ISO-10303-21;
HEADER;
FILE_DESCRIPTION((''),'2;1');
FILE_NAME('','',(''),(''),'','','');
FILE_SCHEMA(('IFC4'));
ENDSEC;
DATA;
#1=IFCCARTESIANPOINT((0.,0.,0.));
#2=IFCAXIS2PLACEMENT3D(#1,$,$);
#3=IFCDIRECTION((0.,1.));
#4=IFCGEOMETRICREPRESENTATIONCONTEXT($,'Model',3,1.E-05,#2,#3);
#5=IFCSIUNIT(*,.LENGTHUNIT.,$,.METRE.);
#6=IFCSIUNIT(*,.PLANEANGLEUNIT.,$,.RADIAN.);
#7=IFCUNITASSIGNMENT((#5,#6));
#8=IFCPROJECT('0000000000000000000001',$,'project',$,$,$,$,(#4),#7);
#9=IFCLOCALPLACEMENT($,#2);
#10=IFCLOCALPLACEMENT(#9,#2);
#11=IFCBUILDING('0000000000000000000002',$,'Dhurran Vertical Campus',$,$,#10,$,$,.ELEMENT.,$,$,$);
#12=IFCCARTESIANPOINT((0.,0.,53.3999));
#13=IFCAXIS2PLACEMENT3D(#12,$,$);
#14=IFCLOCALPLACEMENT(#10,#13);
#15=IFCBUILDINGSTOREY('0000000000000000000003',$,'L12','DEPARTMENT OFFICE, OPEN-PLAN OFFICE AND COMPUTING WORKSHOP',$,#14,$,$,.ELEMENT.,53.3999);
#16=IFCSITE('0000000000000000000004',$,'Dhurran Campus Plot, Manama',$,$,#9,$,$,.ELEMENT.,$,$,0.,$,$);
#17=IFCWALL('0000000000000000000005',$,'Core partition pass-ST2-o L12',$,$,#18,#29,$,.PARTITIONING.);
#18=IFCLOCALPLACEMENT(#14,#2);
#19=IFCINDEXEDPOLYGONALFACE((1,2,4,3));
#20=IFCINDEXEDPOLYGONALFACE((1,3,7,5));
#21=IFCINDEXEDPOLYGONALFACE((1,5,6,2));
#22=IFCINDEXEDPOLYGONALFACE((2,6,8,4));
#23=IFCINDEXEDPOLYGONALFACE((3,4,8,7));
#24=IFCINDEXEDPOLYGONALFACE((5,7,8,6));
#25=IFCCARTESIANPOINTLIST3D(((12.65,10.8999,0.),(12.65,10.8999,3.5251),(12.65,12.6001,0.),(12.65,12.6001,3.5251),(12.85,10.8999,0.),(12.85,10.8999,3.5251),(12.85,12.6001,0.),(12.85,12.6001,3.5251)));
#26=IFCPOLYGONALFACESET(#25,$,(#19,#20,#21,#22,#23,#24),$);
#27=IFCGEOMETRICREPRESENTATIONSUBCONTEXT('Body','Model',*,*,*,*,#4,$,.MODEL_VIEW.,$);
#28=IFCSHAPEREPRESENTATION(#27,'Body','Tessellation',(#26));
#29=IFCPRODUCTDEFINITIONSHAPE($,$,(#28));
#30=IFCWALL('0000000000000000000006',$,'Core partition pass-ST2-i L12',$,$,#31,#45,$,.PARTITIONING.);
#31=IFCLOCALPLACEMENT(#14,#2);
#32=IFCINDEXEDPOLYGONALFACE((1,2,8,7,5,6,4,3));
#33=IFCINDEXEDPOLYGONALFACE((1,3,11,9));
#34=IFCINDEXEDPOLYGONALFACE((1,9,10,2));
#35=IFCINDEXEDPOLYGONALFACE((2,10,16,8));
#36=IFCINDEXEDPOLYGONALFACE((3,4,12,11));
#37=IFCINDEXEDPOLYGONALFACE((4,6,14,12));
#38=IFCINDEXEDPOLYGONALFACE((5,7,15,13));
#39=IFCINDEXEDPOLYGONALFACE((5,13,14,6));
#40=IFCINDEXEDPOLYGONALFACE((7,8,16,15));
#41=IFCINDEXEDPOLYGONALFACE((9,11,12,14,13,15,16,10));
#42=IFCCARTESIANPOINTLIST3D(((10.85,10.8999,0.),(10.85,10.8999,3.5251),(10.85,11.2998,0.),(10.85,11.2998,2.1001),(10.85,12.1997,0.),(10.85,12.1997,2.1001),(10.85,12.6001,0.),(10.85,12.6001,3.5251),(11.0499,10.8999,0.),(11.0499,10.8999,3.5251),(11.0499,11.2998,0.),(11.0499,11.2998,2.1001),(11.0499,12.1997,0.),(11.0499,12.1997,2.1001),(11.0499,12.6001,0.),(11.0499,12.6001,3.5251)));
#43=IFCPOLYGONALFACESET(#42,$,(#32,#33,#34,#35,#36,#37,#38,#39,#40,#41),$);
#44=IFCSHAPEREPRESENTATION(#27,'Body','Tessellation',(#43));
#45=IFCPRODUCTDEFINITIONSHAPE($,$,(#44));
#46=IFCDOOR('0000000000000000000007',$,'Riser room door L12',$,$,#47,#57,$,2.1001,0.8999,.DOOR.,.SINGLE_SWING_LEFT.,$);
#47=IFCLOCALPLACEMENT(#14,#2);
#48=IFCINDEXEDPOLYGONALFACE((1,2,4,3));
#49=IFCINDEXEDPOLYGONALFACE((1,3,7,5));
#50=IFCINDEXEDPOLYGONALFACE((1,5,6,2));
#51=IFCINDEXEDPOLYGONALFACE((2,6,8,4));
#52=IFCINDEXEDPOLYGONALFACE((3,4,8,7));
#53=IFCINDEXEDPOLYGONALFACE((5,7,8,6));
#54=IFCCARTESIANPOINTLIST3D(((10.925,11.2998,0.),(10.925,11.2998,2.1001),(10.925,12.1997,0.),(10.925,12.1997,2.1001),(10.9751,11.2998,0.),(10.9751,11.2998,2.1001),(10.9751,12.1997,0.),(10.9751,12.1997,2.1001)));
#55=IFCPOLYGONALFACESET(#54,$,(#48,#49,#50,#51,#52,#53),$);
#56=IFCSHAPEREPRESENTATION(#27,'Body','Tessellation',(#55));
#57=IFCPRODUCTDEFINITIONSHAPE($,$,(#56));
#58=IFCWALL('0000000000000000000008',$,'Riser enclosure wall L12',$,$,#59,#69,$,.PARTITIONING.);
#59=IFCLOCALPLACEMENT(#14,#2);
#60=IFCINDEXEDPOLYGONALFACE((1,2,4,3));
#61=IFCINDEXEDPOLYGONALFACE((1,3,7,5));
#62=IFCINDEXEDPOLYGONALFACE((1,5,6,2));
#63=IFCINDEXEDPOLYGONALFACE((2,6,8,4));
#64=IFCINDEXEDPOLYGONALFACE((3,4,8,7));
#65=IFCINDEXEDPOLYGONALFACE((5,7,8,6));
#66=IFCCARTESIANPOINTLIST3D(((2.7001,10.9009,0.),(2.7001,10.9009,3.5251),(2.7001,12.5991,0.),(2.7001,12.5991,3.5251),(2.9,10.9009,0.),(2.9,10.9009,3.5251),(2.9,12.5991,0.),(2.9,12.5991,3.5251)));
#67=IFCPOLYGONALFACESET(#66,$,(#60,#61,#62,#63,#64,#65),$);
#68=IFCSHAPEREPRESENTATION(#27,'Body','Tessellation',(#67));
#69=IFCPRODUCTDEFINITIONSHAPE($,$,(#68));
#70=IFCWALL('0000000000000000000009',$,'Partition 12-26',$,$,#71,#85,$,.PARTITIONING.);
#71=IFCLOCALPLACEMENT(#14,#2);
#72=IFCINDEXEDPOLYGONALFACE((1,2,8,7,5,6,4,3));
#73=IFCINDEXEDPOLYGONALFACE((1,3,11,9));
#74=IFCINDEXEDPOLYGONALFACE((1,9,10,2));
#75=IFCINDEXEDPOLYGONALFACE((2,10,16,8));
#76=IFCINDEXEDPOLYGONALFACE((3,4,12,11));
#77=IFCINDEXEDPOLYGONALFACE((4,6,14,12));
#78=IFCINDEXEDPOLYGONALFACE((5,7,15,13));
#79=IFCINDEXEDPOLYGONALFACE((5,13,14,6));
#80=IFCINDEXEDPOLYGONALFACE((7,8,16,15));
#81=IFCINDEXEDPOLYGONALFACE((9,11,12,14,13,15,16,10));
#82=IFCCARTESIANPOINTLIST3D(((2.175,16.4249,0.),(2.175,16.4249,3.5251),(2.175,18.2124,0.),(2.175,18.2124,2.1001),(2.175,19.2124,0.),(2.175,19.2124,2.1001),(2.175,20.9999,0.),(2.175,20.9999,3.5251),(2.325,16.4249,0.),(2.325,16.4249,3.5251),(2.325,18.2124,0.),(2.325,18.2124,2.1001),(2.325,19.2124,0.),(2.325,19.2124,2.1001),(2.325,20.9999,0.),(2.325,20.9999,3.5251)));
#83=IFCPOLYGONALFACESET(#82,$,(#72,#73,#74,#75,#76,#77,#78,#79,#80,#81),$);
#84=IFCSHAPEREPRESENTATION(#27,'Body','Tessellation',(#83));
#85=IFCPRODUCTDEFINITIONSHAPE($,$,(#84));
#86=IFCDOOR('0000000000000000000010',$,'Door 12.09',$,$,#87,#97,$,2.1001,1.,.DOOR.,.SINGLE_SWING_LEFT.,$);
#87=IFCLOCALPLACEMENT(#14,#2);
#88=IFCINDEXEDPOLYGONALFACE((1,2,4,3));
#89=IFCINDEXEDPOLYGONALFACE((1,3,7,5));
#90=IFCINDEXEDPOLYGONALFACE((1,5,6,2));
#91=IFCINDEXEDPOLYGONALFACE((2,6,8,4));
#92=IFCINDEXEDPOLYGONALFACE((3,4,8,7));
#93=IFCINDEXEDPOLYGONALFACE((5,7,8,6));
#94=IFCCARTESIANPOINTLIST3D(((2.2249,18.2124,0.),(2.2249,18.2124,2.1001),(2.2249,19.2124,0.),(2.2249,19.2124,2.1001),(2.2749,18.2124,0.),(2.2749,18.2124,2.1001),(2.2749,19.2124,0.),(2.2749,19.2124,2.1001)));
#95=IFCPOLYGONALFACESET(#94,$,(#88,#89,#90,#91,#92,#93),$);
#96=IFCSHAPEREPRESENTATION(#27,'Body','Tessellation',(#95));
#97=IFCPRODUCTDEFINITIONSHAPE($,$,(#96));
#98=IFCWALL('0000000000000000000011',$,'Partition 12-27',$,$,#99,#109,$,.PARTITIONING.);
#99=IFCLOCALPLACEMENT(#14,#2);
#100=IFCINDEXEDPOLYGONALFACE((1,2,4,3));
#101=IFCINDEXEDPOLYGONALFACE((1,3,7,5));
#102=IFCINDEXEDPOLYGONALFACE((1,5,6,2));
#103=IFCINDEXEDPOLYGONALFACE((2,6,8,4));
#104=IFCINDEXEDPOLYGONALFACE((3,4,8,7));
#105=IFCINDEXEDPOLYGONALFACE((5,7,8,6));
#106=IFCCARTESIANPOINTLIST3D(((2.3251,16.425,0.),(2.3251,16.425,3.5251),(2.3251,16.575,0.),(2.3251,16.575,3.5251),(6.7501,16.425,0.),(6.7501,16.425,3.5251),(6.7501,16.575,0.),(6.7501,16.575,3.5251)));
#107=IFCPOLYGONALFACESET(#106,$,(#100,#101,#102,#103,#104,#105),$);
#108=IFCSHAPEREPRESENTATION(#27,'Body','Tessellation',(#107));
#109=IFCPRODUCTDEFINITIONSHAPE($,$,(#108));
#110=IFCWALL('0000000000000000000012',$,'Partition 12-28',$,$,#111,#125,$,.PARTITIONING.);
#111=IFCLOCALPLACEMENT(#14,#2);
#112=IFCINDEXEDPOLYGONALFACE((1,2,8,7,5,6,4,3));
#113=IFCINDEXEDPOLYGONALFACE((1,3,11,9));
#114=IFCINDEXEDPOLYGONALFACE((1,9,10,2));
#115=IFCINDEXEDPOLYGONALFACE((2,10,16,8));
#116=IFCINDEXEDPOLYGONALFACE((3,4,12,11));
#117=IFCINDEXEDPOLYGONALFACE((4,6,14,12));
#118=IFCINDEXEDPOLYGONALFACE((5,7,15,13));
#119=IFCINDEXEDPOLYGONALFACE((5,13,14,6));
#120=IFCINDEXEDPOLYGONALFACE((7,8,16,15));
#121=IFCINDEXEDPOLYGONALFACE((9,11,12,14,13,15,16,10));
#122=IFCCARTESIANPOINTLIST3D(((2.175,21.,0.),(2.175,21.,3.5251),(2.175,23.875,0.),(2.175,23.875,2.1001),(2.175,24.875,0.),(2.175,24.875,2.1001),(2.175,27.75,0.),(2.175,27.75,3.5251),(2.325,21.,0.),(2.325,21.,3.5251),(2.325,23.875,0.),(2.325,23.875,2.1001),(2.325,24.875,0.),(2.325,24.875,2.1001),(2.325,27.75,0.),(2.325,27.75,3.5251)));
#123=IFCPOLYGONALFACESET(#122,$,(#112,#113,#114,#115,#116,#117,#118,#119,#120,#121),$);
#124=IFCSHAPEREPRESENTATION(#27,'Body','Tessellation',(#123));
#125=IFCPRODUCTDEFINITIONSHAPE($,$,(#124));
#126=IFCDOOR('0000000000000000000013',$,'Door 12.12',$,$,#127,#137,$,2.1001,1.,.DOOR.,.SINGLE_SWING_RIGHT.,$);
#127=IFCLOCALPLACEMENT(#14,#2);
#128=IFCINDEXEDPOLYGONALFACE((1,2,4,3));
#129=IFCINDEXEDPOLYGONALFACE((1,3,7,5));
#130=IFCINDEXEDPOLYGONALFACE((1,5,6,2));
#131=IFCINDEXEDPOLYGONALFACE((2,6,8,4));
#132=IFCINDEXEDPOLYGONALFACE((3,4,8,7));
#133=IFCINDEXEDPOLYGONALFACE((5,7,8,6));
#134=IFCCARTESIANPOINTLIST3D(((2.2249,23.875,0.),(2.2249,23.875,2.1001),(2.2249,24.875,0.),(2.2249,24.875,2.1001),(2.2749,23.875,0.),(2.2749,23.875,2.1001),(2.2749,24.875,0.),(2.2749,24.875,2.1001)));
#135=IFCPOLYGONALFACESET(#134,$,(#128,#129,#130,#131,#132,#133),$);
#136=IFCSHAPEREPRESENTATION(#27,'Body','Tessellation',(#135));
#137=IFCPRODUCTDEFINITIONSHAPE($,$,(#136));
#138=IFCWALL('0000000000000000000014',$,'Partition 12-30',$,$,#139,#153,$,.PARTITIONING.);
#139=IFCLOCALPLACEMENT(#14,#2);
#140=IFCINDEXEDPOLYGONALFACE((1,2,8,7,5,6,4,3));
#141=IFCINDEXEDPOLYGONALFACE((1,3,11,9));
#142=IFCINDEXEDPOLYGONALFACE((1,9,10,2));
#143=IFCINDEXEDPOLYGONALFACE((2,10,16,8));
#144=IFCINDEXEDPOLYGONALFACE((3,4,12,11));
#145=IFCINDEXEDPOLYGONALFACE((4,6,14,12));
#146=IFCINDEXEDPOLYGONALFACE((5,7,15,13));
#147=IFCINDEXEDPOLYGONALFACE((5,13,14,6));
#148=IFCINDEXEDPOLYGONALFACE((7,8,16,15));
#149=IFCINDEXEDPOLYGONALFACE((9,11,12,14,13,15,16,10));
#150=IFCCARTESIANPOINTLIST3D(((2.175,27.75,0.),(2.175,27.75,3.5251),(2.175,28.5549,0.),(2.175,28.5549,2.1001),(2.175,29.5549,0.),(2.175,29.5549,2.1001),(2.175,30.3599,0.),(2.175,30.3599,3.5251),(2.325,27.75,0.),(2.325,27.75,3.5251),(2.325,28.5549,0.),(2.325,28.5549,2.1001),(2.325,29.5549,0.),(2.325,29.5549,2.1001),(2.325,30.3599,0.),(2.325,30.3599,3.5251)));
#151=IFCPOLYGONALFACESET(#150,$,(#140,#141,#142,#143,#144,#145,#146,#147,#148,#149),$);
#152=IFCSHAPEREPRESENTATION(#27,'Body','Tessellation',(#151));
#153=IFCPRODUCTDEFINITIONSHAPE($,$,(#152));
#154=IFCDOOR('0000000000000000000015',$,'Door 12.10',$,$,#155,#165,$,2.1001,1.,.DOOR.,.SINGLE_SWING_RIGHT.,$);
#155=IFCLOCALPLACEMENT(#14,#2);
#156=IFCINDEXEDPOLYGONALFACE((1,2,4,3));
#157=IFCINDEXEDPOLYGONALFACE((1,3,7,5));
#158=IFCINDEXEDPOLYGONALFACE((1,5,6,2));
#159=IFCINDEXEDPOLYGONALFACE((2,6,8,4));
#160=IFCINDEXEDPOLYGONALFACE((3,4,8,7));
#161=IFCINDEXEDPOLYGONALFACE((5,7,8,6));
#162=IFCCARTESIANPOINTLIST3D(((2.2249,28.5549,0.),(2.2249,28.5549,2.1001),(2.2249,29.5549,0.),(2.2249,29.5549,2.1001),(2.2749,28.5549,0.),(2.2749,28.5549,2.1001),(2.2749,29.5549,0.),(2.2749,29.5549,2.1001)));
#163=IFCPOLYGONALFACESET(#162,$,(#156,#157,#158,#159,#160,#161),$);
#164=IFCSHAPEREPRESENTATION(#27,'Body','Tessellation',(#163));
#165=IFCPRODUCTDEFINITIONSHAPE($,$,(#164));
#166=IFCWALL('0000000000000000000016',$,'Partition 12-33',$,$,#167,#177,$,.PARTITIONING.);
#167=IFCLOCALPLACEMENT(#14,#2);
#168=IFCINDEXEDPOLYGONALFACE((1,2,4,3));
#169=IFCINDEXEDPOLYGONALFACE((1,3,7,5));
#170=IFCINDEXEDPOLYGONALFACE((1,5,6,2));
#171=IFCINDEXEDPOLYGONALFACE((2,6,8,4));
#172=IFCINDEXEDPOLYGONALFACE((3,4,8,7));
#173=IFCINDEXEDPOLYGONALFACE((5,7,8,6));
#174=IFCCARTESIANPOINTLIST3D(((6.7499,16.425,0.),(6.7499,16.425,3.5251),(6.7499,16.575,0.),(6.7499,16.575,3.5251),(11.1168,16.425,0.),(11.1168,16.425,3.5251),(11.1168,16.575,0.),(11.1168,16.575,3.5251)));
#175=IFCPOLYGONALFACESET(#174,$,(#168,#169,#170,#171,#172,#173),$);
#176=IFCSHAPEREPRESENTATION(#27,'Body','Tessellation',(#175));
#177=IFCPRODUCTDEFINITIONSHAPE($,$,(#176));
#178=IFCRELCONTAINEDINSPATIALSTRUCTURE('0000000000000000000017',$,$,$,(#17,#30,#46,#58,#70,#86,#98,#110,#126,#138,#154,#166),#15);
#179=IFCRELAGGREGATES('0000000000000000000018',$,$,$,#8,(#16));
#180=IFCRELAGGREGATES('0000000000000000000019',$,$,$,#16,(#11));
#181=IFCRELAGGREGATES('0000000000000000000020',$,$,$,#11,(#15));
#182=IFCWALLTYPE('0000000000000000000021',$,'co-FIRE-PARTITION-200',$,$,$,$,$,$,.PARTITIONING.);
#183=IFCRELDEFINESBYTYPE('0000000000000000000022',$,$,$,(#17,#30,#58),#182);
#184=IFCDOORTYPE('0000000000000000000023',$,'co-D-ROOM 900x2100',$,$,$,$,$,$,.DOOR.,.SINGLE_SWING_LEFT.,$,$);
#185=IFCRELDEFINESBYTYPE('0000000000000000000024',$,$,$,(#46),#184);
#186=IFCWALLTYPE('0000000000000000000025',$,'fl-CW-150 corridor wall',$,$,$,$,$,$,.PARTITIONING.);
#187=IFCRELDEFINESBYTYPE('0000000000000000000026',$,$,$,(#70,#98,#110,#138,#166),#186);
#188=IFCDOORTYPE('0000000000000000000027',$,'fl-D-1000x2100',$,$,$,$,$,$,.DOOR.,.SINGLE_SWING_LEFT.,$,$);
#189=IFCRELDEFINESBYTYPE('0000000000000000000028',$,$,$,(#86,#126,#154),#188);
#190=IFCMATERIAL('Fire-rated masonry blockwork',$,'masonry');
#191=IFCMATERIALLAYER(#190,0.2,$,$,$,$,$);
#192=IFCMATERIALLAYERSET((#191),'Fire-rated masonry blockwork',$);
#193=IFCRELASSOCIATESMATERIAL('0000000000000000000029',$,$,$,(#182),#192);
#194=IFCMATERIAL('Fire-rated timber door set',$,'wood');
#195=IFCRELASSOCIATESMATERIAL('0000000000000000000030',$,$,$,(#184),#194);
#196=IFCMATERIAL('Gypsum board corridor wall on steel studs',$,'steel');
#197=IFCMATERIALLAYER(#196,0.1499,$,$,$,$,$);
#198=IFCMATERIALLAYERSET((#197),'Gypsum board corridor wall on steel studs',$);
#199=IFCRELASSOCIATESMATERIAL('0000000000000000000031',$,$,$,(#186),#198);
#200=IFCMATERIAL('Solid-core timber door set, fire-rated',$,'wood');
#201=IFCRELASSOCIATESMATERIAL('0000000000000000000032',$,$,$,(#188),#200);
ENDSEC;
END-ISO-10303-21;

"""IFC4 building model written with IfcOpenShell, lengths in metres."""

from ifc_helpers import new_model, si_unit, direction, frame, frame_2d, origin, place, context, subcontext, project, spatial, rectangle, extrude, material, layer, layer_set, type_object, element, fill, save


model = new_model("IFC4")

# Units and contexts
model_context = context("Model", 3, precision=1e-05, world=origin(), true_north=direction((0.0, 1.0)))
body_context = subcontext(model_context, "Body", "Model", "MODEL_VIEW")
ifc_project = project(units=[si_unit("LENGTHUNIT", "METRE"), si_unit("PLANEANGLEUNIT", "RADIAN")], contexts=[model_context])

# Site, building, storey
site_placement = place(None, origin())
site = spatial("IfcSite", under=ifc_project, at=site_placement, Name="Dhurran Campus Plot, Manama", CompositionType="ELEMENT", RefElevation=0.0)
building_placement = place(site_placement, origin())
building = spatial("IfcBuilding", under=site, at=building_placement, Name="Dhurran Vertical Campus", CompositionType="ELEMENT")
storey_placement = place(building_placement, frame((0.0, 0.0, 53.3999)))
storey = spatial("IfcBuildingStorey", under=building, at=storey_placement, Name="L12", Description="DEPARTMENT OFFICE, OPEN-PLAN OFFICE AND COMPUTING WORKSHOP", CompositionType="ELEMENT", Elevation=53.3999)

# Wall
ifc_material_1 = material(Name="Fire-rated masonry blockwork", Category="masonry")
ifc_layer_1 = layer(ifc_material_1, 0.2)
ifc_layer_set_1 = layer_set([ifc_layer_1], Name="Fire-rated masonry blockwork")
wall_type_1 = type_object("IfcWallType", Name="co-FIRE-PARTITION-200", PredefinedType="PARTITIONING", material=ifc_layer_set_1)
wall_1_placement = place(storey_placement, frame((12.75, 10.8999, 0.0), z_axis=(0.0, 0.0, 1.0), x_axis=(0.0, 1.0, 0.0)))
element("IfcWall", 1, at=wall_1_placement, inside=storey, type_object=wall_type_1, Name="Core partition pass-ST2-o L12", PredefinedType="PARTITIONING", context=body_context, shape_type="SweptSolid", body=[
    extrude(rectangle(XDim=1.7002, YDim=0.2, at=frame_2d((0.8501, 0.0))), origin(), (0.0, 0.0, 1.0), 3.5251),
])

# Wall, opening, door
wall_2_placement = place(storey_placement, frame((10.95, 10.8999, 0.0), z_axis=(0.0, 0.0, 1.0), x_axis=(0.0, 1.0, 0.0)))
wall_2 = element("IfcWall", 2, at=wall_2_placement, inside=storey, type_object=wall_type_1, Name="Core partition pass-ST2-i L12", PredefinedType="PARTITIONING", context=body_context, shape_type="SweptSolid", body=[
    extrude(rectangle(XDim=1.7002, YDim=0.2, at=frame_2d((0.8501, 0.0))), origin(), (0.0, 0.0, 1.0), 3.5251),
])
opening_1_placement = place(wall_2_placement, frame((0.3999, 0.0, 0.0)))
opening_1 = element("IfcOpeningElement", 3, at=opening_1_placement, cuts=wall_2, PredefinedType="OPENING", context=body_context, shape_type="SweptSolid", body=[
    extrude(rectangle(XDim=0.8999, YDim=2.1001, at=frame_2d((0.45, 1.05))), frame((0.0, 0.1099, 0.0), z_axis=(0.0, -1.0, 0.0), x_axis=(1.0, 0.0, 0.0)), (0.0, 0.0, 1.0), 0.22),
])
ifc_material_2 = material(Name="Fire-rated timber door set", Category="wood")
door_type_1 = type_object("IfcDoorType", Name="co-D-ROOM 900x2100", OperationType="SINGLE_SWING_LEFT", PredefinedType="DOOR", material=ifc_material_2)
door_1_placement = place(opening_1_placement, origin())
door_1 = element("IfcDoor", 4, at=door_1_placement, inside=storey, type_object=door_type_1, Name="Riser room door L12", OperationType="SINGLE_SWING_LEFT", OverallHeight=2.1001, OverallWidth=0.8999, PredefinedType="DOOR", context=body_context, shape_type="SweptSolid", body=[
    extrude(rectangle(XDim=0.8999, YDim=2.1001, at=frame_2d((0.45, 1.05))), frame((0.0, 0.0249, 0.0), z_axis=(0.0, -1.0, 0.0), x_axis=(1.0, 0.0, 0.0)), (0.0, 0.0, 1.0), 0.05),
])
fill(opening_1, door_1)

# Wall
wall_3_placement = place(storey_placement, frame((2.8, 12.5991, 0.0), z_axis=(0.0, 0.0, 1.0), x_axis=(0.0, -1.0, 0.0)))
element("IfcWall", 5, at=wall_3_placement, inside=storey, type_object=wall_type_1, Name="Riser enclosure wall L12", PredefinedType="PARTITIONING", context=body_context, shape_type="SweptSolid", body=[
    extrude(rectangle(XDim=1.6982, YDim=0.2, at=frame_2d((0.8491, 0.0))), origin(), (0.0, 0.0, 1.0), 3.5251),
])

# Wall, opening, door
ifc_material_3 = material(Name="Gypsum board corridor wall on steel studs", Category="steel")
ifc_layer_2 = layer(ifc_material_3, 0.1499)
ifc_layer_set_2 = layer_set([ifc_layer_2], Name="Gypsum board corridor wall on steel studs")
wall_type_2 = type_object("IfcWallType", Name="fl-CW-150 corridor wall", PredefinedType="PARTITIONING", material=ifc_layer_set_2)
wall_4_placement = place(storey_placement, frame((2.25, 21.0, 0.0), z_axis=(0.0, 0.0, 1.0), x_axis=(0.0, -1.0, 0.0)))
wall_4 = element("IfcWall", 6, at=wall_4_placement, inside=storey, type_object=wall_type_2, Name="Partition 12-26", PredefinedType="PARTITIONING", context=body_context, shape_type="SweptSolid", body=[
    extrude(rectangle(XDim=4.575, YDim=0.1499, at=frame_2d((2.2876, 0.0))), origin(), (0.0, 0.0, 1.0), 3.5251),
])
opening_2_placement = place(wall_4_placement, frame((1.7876, 0.0, 0.0)))
opening_2 = element("IfcOpeningElement", 7, at=opening_2_placement, cuts=wall_4, PredefinedType="OPENING", context=body_context, shape_type="SweptSolid", body=[
    extrude(rectangle(XDim=1.0, YDim=2.1001, at=frame_2d((0.5, 1.05))), frame((0.0, 0.085, 0.0), z_axis=(0.0, -1.0, 0.0), x_axis=(1.0, 0.0, 0.0)), (0.0, 0.0, 1.0), 0.1699),
])
ifc_material_4 = material(Name="Solid-core timber door set, fire-rated", Category="wood")
door_type_2 = type_object("IfcDoorType", Name="fl-D-1000x2100", OperationType="SINGLE_SWING_LEFT", PredefinedType="DOOR", material=ifc_material_4)
door_2_placement = place(opening_2_placement, origin())
door_2 = element("IfcDoor", 8, at=door_2_placement, inside=storey, type_object=door_type_2, Name="Door 12.09", OperationType="SINGLE_SWING_LEFT", OverallHeight=2.1001, OverallWidth=1.0, PredefinedType="DOOR", context=body_context, shape_type="SweptSolid", body=[
    extrude(rectangle(XDim=1.0, YDim=2.1001, at=frame_2d((0.5, 1.05))), frame((0.0, 0.0249, 0.0), z_axis=(0.0, -1.0, 0.0), x_axis=(1.0, 0.0, 0.0)), (0.0, 0.0, 1.0), 0.05),
])
fill(opening_2, door_2)

# Wall
wall_5_placement = place(storey_placement, frame((6.75, 16.5, 0.0), z_axis=(0.0, 0.0, 1.0), x_axis=(-1.0, 0.0, 0.0)))
element("IfcWall", 9, at=wall_5_placement, inside=storey, type_object=wall_type_2, Name="Partition 12-27", PredefinedType="PARTITIONING", context=body_context, shape_type="SweptSolid", body=[
    extrude(rectangle(XDim=4.425, YDim=0.1499, at=frame_2d((2.2124, 0.0))), origin(), (0.0, 0.0, 1.0), 3.5251),
])

# Walls, openings, doors
wall_6_placement = place(storey_placement, frame((2.25, 27.75, 0.0), z_axis=(0.0, 0.0, 1.0), x_axis=(0.0, -1.0, 0.0)))
wall_6 = element("IfcWall", 10, at=wall_6_placement, inside=storey, type_object=wall_type_2, Name="Partition 12-28", PredefinedType="PARTITIONING", context=body_context, shape_type="SweptSolid", body=[
    extrude(rectangle(XDim=6.75, YDim=0.1499, at=frame_2d((3.375, 0.0))), origin(), (0.0, 0.0, 1.0), 3.5251),
])
opening_3_placement = place(wall_6_placement, frame((2.875, 0.0, 0.0)))
opening_3 = element("IfcOpeningElement", 11, at=opening_3_placement, cuts=wall_6, PredefinedType="OPENING", context=body_context, shape_type="SweptSolid", body=[
    extrude(rectangle(XDim=1.0, YDim=2.1001, at=frame_2d((0.5, 1.05))), frame((0.0, 0.085, 0.0), z_axis=(0.0, -1.0, 0.0), x_axis=(1.0, 0.0, 0.0)), (0.0, 0.0, 1.0), 0.1699),
])
door_3_placement = place(opening_3_placement, origin())
door_3 = element("IfcDoor", 12, at=door_3_placement, inside=storey, type_object=door_type_2, Name="Door 12.12", OperationType="SINGLE_SWING_RIGHT", OverallHeight=2.1001, OverallWidth=1.0, PredefinedType="DOOR", context=body_context, shape_type="SweptSolid", body=[
    extrude(rectangle(XDim=1.0, YDim=2.1001, at=frame_2d((0.5, 1.05))), frame((0.0, 0.0249, 0.0), z_axis=(0.0, -1.0, 0.0), x_axis=(1.0, 0.0, 0.0)), (0.0, 0.0, 1.0), 0.05),
])
fill(opening_3, door_3)
wall_7_placement = place(storey_placement, frame((2.25, 30.3599, 0.0), z_axis=(0.0, 0.0, 1.0), x_axis=(0.0, -1.0, 0.0)))
wall_7 = element("IfcWall", 13, at=wall_7_placement, inside=storey, type_object=wall_type_2, Name="Partition 12-30", PredefinedType="PARTITIONING", context=body_context, shape_type="SweptSolid", body=[
    extrude(rectangle(XDim=2.6099, YDim=0.1499, at=frame_2d((1.3049, 0.0))), origin(), (0.0, 0.0, 1.0), 3.5251),
])
opening_4_placement = place(wall_7_placement, frame((0.8049, 0.0, 0.0)))
opening_4 = element("IfcOpeningElement", 14, at=opening_4_placement, cuts=wall_7, PredefinedType="OPENING", context=body_context, shape_type="SweptSolid", body=[
    extrude(rectangle(XDim=1.0, YDim=2.1001, at=frame_2d((0.5, 1.05))), frame((0.0, 0.085, 0.0), z_axis=(0.0, -1.0, 0.0), x_axis=(1.0, 0.0, 0.0)), (0.0, 0.0, 1.0), 0.1699),
])
door_4_placement = place(opening_4_placement, origin())
door_4 = element("IfcDoor", 15, at=door_4_placement, inside=storey, type_object=door_type_2, Name="Door 12.10", OperationType="SINGLE_SWING_RIGHT", OverallHeight=2.1001, OverallWidth=1.0, PredefinedType="DOOR", context=body_context, shape_type="SweptSolid", body=[
    extrude(rectangle(XDim=1.0, YDim=2.1001, at=frame_2d((0.5, 1.05))), frame((0.0, 0.0249, 0.0), z_axis=(0.0, -1.0, 0.0), x_axis=(1.0, 0.0, 0.0)), (0.0, 0.0, 1.0), 0.05),
])
fill(opening_4, door_4)

# Wall
wall_8_placement = place(storey_placement, frame((11.1169, 16.5, 0.0), z_axis=(0.0, 0.0, 1.0), x_axis=(-1.0, 0.0, 0.0)))
element("IfcWall", 16, at=wall_8_placement, inside=storey, type_object=wall_type_2, Name="Partition 12-33", PredefinedType="PARTITIONING", context=body_context, shape_type="SweptSolid", body=[
    extrude(rectangle(XDim=4.3669, YDim=0.1499, at=frame_2d((2.1836, 0.0))), origin(), (0.0, 0.0, 1.0), 3.5251),
])

save(model, "model.ifc")
